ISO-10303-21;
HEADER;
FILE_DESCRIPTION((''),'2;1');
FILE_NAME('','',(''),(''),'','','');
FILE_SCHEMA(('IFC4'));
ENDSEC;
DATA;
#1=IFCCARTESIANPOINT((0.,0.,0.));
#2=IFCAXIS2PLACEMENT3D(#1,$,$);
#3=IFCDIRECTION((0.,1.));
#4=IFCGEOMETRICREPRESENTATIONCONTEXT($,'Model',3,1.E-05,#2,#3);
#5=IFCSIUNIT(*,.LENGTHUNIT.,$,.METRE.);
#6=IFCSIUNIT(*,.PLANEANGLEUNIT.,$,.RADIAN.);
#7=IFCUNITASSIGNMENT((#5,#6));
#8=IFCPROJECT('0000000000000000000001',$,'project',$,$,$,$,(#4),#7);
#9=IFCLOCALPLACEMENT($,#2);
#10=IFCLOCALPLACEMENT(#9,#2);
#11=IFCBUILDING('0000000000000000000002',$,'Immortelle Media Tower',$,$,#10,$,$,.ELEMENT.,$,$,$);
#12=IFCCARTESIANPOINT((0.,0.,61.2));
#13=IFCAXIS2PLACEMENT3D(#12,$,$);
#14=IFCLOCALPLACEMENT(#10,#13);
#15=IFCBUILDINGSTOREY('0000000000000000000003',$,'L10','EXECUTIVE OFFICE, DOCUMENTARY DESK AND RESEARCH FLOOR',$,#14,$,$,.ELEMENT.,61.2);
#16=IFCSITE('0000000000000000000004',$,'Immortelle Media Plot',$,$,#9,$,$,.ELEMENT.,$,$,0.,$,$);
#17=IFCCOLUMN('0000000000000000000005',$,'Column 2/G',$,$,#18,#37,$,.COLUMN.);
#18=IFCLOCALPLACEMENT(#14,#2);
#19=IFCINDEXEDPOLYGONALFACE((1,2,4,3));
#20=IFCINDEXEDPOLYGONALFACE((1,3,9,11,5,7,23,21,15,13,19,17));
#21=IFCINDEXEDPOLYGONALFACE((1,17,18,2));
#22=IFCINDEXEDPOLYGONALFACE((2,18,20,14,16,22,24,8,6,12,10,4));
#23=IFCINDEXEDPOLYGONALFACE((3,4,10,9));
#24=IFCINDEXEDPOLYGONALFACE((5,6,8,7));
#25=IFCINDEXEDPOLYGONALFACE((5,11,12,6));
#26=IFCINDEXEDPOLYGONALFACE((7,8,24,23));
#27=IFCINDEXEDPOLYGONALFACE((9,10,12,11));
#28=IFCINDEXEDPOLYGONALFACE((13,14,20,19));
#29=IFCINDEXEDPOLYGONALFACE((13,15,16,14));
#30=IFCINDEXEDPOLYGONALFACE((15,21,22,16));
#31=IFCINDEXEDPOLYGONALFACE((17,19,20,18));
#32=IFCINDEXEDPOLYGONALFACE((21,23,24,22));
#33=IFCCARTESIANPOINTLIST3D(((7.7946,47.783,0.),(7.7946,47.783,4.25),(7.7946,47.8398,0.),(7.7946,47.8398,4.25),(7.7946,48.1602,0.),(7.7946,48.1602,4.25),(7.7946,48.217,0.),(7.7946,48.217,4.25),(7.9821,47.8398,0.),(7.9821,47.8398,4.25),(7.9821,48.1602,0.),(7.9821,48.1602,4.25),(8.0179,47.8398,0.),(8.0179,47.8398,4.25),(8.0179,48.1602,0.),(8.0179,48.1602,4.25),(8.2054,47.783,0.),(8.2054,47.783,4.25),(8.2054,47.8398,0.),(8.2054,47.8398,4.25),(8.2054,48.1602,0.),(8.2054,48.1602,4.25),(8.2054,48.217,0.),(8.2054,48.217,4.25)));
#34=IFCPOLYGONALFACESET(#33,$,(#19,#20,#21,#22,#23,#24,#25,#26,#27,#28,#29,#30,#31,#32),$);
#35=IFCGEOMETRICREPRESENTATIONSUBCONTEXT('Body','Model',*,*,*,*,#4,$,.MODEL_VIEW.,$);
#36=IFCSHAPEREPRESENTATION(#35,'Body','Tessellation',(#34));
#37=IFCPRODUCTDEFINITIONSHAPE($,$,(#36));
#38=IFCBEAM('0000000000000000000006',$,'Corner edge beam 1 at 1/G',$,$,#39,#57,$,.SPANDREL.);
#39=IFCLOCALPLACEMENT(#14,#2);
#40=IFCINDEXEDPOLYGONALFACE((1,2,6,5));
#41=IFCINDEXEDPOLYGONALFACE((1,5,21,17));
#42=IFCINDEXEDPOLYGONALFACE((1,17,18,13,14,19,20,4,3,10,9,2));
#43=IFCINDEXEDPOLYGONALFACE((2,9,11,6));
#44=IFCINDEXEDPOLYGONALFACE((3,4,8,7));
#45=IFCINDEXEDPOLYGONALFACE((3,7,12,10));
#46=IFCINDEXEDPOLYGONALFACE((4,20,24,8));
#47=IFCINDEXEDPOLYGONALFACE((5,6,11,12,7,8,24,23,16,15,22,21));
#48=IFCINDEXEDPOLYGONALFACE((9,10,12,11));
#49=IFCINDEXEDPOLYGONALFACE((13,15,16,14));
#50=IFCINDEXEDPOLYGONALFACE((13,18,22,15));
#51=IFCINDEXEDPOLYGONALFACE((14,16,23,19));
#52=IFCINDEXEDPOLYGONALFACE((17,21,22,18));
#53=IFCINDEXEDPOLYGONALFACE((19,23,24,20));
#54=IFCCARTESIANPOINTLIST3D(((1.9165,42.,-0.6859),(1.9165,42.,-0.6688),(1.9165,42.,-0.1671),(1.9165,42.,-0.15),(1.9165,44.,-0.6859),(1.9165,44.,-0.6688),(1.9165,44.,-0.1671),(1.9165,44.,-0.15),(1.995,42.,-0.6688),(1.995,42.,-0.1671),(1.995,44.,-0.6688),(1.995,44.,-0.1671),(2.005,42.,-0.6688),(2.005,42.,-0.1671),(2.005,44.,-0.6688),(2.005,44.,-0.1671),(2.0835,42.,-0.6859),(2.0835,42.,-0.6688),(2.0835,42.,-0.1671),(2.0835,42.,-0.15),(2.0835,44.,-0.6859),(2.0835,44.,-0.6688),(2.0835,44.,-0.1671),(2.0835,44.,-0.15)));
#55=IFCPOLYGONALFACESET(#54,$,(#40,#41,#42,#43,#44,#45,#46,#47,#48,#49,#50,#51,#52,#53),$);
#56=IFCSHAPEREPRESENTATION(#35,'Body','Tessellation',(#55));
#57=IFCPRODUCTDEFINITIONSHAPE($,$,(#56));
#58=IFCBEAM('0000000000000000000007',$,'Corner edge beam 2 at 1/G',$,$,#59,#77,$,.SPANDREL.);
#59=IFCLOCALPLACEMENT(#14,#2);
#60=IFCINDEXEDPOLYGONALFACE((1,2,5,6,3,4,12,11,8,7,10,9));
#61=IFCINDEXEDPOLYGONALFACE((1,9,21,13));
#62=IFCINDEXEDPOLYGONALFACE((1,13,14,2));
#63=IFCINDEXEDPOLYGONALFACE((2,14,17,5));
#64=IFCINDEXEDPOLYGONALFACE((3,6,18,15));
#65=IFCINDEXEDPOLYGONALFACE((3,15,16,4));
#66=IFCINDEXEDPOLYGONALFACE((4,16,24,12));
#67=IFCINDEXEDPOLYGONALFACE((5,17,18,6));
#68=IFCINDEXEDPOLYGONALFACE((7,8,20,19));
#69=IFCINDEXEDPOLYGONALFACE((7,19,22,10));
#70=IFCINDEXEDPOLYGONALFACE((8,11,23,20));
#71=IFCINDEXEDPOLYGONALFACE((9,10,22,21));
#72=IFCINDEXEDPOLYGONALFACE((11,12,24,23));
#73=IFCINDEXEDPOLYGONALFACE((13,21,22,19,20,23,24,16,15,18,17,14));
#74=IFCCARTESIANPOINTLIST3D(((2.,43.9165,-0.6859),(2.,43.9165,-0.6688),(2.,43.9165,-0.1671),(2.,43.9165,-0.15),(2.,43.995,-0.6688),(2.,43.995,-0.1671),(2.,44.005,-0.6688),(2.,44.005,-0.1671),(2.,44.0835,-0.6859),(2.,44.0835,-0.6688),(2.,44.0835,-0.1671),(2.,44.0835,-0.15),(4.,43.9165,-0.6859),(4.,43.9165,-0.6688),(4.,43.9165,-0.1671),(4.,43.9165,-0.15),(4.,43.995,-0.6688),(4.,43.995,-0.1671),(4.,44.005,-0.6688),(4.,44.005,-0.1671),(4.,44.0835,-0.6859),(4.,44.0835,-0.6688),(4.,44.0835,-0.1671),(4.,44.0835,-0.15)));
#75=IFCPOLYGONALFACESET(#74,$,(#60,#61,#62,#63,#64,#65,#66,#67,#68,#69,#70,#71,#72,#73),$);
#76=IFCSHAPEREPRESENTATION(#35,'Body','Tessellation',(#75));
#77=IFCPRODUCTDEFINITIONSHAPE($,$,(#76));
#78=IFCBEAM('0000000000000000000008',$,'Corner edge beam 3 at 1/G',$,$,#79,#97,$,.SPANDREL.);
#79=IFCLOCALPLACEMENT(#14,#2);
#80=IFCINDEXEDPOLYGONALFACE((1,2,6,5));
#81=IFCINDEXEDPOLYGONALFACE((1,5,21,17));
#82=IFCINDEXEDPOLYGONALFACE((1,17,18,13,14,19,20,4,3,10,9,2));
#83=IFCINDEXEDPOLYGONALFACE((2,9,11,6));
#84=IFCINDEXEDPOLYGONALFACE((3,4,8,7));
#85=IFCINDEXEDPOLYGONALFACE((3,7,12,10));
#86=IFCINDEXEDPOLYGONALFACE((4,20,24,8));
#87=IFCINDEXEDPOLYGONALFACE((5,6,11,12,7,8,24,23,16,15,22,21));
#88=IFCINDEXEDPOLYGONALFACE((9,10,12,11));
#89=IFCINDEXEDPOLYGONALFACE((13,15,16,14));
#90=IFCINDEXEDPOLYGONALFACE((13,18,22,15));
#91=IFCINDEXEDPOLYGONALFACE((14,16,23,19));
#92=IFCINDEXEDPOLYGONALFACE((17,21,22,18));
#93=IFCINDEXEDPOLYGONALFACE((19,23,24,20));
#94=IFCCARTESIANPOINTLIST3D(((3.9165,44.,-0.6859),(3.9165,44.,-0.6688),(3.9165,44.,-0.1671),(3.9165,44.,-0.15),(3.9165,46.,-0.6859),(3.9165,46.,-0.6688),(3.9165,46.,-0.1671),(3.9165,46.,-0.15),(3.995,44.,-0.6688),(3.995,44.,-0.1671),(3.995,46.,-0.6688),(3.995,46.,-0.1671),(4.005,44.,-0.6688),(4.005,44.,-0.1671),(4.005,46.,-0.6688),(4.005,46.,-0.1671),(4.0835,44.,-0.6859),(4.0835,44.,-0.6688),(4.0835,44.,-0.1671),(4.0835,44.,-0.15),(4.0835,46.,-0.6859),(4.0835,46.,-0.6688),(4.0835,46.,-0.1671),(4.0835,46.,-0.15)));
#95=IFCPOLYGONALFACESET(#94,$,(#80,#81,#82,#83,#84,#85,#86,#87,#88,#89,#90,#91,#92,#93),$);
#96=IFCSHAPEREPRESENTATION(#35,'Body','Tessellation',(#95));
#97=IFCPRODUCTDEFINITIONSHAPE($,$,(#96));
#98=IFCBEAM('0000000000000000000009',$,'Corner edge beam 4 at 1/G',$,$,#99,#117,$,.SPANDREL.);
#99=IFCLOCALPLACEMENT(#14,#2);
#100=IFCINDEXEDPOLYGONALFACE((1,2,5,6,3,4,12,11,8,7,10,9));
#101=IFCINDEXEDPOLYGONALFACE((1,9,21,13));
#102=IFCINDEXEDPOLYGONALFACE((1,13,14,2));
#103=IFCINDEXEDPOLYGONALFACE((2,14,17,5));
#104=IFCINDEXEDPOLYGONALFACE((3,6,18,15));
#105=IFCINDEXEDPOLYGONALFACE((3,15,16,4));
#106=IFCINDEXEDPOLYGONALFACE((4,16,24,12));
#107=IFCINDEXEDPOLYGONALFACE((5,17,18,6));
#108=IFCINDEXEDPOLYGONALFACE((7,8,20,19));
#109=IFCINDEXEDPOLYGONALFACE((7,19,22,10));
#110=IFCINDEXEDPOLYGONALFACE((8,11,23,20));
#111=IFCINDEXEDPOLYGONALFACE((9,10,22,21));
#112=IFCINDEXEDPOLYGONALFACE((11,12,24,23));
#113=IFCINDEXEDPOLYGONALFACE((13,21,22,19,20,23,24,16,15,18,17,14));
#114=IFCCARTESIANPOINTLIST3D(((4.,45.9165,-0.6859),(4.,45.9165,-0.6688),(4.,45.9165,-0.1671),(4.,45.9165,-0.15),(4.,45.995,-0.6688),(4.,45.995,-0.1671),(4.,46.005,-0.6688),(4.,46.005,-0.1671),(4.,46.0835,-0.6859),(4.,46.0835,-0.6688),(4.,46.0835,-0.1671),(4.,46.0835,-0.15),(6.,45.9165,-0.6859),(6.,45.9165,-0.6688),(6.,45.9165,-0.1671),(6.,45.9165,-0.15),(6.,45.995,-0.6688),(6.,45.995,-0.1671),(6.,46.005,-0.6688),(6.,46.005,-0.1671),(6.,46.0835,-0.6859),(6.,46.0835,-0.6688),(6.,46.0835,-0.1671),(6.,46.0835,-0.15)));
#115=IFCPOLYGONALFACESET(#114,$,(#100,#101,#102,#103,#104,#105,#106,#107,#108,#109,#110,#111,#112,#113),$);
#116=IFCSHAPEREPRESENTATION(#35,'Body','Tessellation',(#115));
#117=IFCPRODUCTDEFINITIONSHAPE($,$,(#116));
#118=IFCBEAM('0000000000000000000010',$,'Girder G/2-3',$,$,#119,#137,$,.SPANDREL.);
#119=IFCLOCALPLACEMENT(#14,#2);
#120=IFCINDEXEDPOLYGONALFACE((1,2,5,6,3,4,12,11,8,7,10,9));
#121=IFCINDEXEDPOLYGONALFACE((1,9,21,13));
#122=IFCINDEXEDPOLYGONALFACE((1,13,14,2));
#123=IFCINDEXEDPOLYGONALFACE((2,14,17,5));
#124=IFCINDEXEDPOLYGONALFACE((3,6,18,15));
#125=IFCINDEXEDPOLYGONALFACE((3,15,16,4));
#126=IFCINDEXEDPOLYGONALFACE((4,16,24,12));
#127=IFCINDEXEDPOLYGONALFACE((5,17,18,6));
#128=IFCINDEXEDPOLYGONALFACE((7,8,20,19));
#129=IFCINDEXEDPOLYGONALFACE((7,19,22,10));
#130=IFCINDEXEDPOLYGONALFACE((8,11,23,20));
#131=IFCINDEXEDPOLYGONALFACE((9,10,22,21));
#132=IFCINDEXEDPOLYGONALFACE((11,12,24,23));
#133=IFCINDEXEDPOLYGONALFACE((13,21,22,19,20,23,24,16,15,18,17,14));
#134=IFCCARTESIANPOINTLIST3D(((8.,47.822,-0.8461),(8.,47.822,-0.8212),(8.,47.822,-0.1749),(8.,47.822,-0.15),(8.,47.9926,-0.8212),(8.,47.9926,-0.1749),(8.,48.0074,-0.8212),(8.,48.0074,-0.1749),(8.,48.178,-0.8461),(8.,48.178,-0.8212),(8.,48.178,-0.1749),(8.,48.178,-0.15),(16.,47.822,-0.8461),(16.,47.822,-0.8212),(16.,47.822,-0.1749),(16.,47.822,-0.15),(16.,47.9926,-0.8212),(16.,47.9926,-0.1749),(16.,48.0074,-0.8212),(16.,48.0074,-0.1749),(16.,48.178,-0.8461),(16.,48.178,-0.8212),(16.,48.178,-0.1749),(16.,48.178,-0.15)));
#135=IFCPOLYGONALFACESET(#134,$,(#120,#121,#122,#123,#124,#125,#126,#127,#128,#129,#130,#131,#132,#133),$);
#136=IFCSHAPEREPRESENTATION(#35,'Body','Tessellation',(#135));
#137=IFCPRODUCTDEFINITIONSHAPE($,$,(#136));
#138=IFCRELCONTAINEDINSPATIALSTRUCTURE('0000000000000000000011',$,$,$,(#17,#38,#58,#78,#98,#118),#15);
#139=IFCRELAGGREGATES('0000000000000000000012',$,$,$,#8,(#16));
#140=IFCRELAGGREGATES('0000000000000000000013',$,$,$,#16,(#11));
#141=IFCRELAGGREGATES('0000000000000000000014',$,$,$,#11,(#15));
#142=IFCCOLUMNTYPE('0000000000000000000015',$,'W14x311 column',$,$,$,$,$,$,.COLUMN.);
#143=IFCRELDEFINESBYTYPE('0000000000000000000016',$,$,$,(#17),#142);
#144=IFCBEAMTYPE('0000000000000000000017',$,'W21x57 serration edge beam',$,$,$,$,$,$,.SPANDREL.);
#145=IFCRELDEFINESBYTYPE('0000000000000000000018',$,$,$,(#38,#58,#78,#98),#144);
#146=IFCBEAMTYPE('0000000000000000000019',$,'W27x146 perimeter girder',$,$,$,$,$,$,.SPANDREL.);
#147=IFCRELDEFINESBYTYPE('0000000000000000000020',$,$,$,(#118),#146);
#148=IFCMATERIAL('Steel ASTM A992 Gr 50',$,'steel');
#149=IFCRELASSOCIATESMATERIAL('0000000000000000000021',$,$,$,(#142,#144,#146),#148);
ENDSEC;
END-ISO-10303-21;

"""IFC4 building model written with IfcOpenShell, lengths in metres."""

from ifc_helpers import new_model, si_unit, direction, frame, origin, origin_2d, place, context, subcontext, project, spatial, i_section, extrude, material, material_profile, profile_set, type_object, element, save


model = new_model("IFC4")

# Units and contexts
model_context = context("Model", 3, precision=1e-05, world=origin(), true_north=direction((0.0, 1.0)))
body_context = subcontext(model_context, "Body", "Model", "MODEL_VIEW")
ifc_project = project(units=[si_unit("LENGTHUNIT", "METRE"), si_unit("PLANEANGLEUNIT", "RADIAN")], contexts=[model_context])

# Site, building, storey
site_placement = place(None, origin())
site = spatial("IfcSite", under=ifc_project, at=site_placement, Name="Immortelle Media Plot", CompositionType="ELEMENT", RefElevation=0.0)
building_placement = place(site_placement, origin())
building = spatial("IfcBuilding", under=site, at=building_placement, Name="Immortelle Media Tower", CompositionType="ELEMENT")
storey_placement = place(building_placement, frame((0.0, 0.0, 61.2)))
storey = spatial("IfcBuildingStorey", under=building, at=storey_placement, Name="L10", Description="EXECUTIVE OFFICE, DOCUMENTARY DESK AND RESEARCH FLOOR", CompositionType="ELEMENT", Elevation=61.2)

# Column
ifc_material_1 = material(Name="Steel ASTM A992 Gr 50", Category="steel")
ifc_material_profile_1 = material_profile(ifc_material_1, i_section(OverallWidth=0.4109, OverallDepth=0.4341, WebThickness=0.0359, FlangeThickness=0.0569, at=origin_2d()), Name="W14x311")
ifc_profile_set_1 = profile_set([ifc_material_profile_1], Name="Steel ASTM A992 Gr 50")
column_type = type_object("IfcColumnType", Name="W14x311 column", PredefinedType="COLUMN", material=ifc_profile_set_1)
column_placement = place(storey_placement, frame((8.0, 48.0, 0.0), z_axis=(0.0, 0.0, 1.0), x_axis=(1.0, 0.0, 0.0)))
element("IfcColumn", 1, at=column_placement, inside=storey, type_object=column_type, Name="Column 2/G", PredefinedType="COLUMN", context=body_context, shape_type="SweptSolid", body=[
    extrude(i_section(OverallWidth=0.4109, OverallDepth=0.4341, WebThickness=0.0359, FlangeThickness=0.0569, at=origin_2d()), origin(), (0.0, 0.0, 1.0), 4.25),
])

# Beams
ifc_material_profile_2 = material_profile(ifc_material_1, i_section(OverallWidth=0.167, OverallDepth=0.5359, WebThickness=0.01, FlangeThickness=0.0171, at=origin_2d()), Name="W21x57")
ifc_profile_set_2 = profile_set([ifc_material_profile_2], Name="Steel ASTM A992 Gr 50")
beam_type_1 = type_object("IfcBeamType", Name="W21x57 serration edge beam", PredefinedType="SPANDREL", material=ifc_profile_set_2)
for number, where, z_axis, x_axis, name in (
    (2, (2.0, 42.0, -0.418), (0.0, 1.0, 0.0), (-1.0, 0.0, 0.0), "Corner edge beam 1 at 1/G"),
    (3, (2.0, 44.0, -0.418), (1.0, 0.0, 0.0), (0.0, 1.0, 0.0), "Corner edge beam 2 at 1/G"),
    (4, (4.0, 44.0, -0.418), (0.0, 1.0, 0.0), (-1.0, 0.0, 0.0), "Corner edge beam 3 at 1/G"),
    (5, (4.0, 46.0, -0.418), (1.0, 0.0, 0.0), (0.0, 1.0, 0.0), "Corner edge beam 4 at 1/G"),
):
    element("IfcBeam", number, at=place(storey_placement, frame(where, z_axis=z_axis, x_axis=x_axis)), inside=storey, type_object=beam_type_1, Name=name, PredefinedType="SPANDREL", context=body_context, shape_type="SweptSolid", body=[
        extrude(i_section(OverallWidth=0.167, OverallDepth=0.5359, WebThickness=0.01, FlangeThickness=0.0171, at=origin_2d()), origin(), (0.0, 0.0, 1.0), 2.0),
    ])
ifc_material_profile_3 = material_profile(ifc_material_1, i_section(OverallWidth=0.356, OverallDepth=0.696, WebThickness=0.0149, FlangeThickness=0.0249, at=origin_2d()), Name="W27x146")
ifc_profile_set_3 = profile_set([ifc_material_profile_3], Name="Steel ASTM A992 Gr 50")
beam_type_2 = type_object("IfcBeamType", Name="W27x146 perimeter girder", PredefinedType="SPANDREL", material=ifc_profile_set_3)
beam_placement = place(storey_placement, frame((8.0, 48.0, -0.498), z_axis=(1.0, 0.0, 0.0), x_axis=(0.0, 1.0, 0.0)))
element("IfcBeam", 6, at=beam_placement, inside=storey, type_object=beam_type_2, Name="Girder G/2-3", PredefinedType="SPANDREL", context=body_context, shape_type="SweptSolid", body=[
    extrude(i_section(OverallWidth=0.356, OverallDepth=0.696, WebThickness=0.0149, FlangeThickness=0.0249, at=origin_2d()), origin(), (0.0, 0.0, 1.0), 8.0),
])

save(model, "model.ifc")
